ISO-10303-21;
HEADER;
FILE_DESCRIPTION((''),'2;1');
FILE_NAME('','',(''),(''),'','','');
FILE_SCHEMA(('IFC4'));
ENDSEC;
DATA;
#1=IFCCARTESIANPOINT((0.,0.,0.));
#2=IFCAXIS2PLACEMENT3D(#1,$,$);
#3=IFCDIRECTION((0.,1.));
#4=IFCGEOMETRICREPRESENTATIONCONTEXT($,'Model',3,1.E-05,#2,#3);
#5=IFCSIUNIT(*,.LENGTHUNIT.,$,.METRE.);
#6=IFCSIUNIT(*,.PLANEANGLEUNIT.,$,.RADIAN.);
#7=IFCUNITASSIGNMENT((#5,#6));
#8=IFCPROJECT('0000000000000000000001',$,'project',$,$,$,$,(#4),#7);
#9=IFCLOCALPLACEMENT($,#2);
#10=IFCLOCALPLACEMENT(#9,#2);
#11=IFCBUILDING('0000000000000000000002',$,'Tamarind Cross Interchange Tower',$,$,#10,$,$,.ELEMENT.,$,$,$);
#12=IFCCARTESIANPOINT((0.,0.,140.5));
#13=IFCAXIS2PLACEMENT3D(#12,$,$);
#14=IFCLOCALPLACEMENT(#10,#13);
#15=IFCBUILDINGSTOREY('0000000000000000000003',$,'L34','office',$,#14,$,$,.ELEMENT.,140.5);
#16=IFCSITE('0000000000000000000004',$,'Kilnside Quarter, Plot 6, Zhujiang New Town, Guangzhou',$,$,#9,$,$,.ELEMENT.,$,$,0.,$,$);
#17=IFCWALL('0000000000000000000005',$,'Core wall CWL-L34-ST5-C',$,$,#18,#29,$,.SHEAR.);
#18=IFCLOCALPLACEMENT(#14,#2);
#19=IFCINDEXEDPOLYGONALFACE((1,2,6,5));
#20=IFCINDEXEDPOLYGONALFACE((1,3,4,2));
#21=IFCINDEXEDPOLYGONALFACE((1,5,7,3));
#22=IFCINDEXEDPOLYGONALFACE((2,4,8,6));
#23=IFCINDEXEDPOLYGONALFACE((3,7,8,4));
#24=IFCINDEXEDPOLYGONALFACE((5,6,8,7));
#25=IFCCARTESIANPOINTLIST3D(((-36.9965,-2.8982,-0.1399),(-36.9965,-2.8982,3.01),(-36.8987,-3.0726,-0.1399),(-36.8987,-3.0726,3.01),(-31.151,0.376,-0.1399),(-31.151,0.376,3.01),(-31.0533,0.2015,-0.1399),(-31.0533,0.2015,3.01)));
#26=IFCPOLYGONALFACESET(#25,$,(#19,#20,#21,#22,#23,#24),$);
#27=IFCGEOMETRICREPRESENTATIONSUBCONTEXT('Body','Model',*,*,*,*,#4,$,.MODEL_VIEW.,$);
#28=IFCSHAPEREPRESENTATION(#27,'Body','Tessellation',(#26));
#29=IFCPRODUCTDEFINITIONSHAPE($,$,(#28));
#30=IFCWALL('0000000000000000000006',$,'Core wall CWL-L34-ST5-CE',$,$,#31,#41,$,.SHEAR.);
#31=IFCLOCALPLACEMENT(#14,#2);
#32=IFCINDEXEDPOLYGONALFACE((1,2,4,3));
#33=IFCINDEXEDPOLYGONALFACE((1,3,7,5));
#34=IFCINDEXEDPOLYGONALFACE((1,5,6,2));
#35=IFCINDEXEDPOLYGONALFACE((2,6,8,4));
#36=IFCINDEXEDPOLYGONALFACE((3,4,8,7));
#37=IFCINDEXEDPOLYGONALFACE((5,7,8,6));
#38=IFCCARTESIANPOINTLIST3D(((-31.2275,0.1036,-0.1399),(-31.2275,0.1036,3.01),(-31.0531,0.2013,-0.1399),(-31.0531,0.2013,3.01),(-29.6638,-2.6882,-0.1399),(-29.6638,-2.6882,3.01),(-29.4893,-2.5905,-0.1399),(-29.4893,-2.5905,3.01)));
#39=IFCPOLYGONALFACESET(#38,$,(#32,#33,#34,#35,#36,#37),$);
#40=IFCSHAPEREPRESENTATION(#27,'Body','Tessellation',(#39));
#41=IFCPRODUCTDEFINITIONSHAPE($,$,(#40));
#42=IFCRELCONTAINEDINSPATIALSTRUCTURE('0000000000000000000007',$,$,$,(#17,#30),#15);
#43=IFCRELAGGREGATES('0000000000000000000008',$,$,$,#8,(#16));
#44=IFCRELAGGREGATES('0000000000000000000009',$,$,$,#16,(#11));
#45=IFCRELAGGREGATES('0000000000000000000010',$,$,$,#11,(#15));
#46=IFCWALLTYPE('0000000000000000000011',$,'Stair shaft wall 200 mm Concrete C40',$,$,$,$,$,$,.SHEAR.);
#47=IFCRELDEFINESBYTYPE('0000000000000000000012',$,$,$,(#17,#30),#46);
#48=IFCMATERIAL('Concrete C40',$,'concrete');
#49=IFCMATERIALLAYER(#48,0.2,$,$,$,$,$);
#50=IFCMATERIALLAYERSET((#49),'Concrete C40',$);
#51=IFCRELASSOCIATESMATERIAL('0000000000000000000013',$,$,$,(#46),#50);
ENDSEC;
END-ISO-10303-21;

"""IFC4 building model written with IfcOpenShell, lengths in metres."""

from ifc_helpers import new_model, si_unit, direction, frame, frame_2d, origin, place, context, subcontext, project, spatial, rectangle, extrude, material, layer, layer_set, type_object, element, save


model = new_model("IFC4")

# Units and contexts
model_context = context("Model", 3, precision=1e-05, world=origin(), true_north=direction((0.0, 1.0)))
body_context = subcontext(model_context, "Body", "Model", "MODEL_VIEW")
ifc_project = project(units=[si_unit("LENGTHUNIT", "METRE"), si_unit("PLANEANGLEUNIT", "RADIAN")], contexts=[model_context])

# Site, building, storey
site_placement = place(None, origin())
site = spatial("IfcSite", under=ifc_project, at=site_placement, Name="Kilnside Quarter, Plot 6, Zhujiang New Town, Guangzhou", CompositionType="ELEMENT", RefElevation=0.0)
building_placement = place(site_placement, origin())
building = spatial("IfcBuilding", under=site, at=building_placement, Name="Tamarind Cross Interchange Tower", CompositionType="ELEMENT")
storey_placement = place(building_placement, frame((0.0, 0.0, 140.5)))
storey = spatial("IfcBuildingStorey", under=building, at=storey_placement, Name="L34", Description="office", CompositionType="ELEMENT", Elevation=140.5)

# Walls
ifc_material_1 = material(Name="Concrete C40", Category="concrete")
ifc_layer_1 = layer(ifc_material_1, 0.2)
ifc_layer_set_1 = layer_set([ifc_layer_1], Name="Concrete C40")
wall_type_1 = type_object("IfcWallType", Name="Stair shaft wall 200 mm Concrete C40", PredefinedType="SHEAR", material=ifc_layer_set_1)
wall_1_placement = place(storey_placement, frame((-31.1021, 0.2888, -0.1399), z_axis=(0.0, 0.0, 1.0), x_axis=(-0.872461, -0.488684, 0.0)))
element("IfcWall", 1, at=wall_1_placement, inside=storey, type_object=wall_type_1, Name="Core wall CWL-L34-ST5-C", PredefinedType="SHEAR", context=body_context, shape_type="SweptSolid", body=[
    extrude(rectangle(XDim=6.7, YDim=0.2, at=frame_2d((3.3501, 0.0))), origin(), (0.0, 0.0, 1.0), 3.1499),
])
wall_2_placement = place(storey_placement, frame((-31.1404, 0.1526, -0.1399), z_axis=(0.0, 0.0, 1.0), x_axis=(0.488685, -0.87246, 0.0)))
element("IfcWall", 2, at=wall_2_placement, inside=storey, type_object=wall_type_1, Name="Core wall CWL-L34-ST5-CE", PredefinedType="SHEAR", context=body_context, shape_type="SweptSolid", body=[
    extrude(rectangle(XDim=3.2, YDim=0.2, at=frame_2d((1.6001, 0.0))), origin(), (0.0, 0.0, 1.0), 3.1499),
])

save(model, "model.ifc")
